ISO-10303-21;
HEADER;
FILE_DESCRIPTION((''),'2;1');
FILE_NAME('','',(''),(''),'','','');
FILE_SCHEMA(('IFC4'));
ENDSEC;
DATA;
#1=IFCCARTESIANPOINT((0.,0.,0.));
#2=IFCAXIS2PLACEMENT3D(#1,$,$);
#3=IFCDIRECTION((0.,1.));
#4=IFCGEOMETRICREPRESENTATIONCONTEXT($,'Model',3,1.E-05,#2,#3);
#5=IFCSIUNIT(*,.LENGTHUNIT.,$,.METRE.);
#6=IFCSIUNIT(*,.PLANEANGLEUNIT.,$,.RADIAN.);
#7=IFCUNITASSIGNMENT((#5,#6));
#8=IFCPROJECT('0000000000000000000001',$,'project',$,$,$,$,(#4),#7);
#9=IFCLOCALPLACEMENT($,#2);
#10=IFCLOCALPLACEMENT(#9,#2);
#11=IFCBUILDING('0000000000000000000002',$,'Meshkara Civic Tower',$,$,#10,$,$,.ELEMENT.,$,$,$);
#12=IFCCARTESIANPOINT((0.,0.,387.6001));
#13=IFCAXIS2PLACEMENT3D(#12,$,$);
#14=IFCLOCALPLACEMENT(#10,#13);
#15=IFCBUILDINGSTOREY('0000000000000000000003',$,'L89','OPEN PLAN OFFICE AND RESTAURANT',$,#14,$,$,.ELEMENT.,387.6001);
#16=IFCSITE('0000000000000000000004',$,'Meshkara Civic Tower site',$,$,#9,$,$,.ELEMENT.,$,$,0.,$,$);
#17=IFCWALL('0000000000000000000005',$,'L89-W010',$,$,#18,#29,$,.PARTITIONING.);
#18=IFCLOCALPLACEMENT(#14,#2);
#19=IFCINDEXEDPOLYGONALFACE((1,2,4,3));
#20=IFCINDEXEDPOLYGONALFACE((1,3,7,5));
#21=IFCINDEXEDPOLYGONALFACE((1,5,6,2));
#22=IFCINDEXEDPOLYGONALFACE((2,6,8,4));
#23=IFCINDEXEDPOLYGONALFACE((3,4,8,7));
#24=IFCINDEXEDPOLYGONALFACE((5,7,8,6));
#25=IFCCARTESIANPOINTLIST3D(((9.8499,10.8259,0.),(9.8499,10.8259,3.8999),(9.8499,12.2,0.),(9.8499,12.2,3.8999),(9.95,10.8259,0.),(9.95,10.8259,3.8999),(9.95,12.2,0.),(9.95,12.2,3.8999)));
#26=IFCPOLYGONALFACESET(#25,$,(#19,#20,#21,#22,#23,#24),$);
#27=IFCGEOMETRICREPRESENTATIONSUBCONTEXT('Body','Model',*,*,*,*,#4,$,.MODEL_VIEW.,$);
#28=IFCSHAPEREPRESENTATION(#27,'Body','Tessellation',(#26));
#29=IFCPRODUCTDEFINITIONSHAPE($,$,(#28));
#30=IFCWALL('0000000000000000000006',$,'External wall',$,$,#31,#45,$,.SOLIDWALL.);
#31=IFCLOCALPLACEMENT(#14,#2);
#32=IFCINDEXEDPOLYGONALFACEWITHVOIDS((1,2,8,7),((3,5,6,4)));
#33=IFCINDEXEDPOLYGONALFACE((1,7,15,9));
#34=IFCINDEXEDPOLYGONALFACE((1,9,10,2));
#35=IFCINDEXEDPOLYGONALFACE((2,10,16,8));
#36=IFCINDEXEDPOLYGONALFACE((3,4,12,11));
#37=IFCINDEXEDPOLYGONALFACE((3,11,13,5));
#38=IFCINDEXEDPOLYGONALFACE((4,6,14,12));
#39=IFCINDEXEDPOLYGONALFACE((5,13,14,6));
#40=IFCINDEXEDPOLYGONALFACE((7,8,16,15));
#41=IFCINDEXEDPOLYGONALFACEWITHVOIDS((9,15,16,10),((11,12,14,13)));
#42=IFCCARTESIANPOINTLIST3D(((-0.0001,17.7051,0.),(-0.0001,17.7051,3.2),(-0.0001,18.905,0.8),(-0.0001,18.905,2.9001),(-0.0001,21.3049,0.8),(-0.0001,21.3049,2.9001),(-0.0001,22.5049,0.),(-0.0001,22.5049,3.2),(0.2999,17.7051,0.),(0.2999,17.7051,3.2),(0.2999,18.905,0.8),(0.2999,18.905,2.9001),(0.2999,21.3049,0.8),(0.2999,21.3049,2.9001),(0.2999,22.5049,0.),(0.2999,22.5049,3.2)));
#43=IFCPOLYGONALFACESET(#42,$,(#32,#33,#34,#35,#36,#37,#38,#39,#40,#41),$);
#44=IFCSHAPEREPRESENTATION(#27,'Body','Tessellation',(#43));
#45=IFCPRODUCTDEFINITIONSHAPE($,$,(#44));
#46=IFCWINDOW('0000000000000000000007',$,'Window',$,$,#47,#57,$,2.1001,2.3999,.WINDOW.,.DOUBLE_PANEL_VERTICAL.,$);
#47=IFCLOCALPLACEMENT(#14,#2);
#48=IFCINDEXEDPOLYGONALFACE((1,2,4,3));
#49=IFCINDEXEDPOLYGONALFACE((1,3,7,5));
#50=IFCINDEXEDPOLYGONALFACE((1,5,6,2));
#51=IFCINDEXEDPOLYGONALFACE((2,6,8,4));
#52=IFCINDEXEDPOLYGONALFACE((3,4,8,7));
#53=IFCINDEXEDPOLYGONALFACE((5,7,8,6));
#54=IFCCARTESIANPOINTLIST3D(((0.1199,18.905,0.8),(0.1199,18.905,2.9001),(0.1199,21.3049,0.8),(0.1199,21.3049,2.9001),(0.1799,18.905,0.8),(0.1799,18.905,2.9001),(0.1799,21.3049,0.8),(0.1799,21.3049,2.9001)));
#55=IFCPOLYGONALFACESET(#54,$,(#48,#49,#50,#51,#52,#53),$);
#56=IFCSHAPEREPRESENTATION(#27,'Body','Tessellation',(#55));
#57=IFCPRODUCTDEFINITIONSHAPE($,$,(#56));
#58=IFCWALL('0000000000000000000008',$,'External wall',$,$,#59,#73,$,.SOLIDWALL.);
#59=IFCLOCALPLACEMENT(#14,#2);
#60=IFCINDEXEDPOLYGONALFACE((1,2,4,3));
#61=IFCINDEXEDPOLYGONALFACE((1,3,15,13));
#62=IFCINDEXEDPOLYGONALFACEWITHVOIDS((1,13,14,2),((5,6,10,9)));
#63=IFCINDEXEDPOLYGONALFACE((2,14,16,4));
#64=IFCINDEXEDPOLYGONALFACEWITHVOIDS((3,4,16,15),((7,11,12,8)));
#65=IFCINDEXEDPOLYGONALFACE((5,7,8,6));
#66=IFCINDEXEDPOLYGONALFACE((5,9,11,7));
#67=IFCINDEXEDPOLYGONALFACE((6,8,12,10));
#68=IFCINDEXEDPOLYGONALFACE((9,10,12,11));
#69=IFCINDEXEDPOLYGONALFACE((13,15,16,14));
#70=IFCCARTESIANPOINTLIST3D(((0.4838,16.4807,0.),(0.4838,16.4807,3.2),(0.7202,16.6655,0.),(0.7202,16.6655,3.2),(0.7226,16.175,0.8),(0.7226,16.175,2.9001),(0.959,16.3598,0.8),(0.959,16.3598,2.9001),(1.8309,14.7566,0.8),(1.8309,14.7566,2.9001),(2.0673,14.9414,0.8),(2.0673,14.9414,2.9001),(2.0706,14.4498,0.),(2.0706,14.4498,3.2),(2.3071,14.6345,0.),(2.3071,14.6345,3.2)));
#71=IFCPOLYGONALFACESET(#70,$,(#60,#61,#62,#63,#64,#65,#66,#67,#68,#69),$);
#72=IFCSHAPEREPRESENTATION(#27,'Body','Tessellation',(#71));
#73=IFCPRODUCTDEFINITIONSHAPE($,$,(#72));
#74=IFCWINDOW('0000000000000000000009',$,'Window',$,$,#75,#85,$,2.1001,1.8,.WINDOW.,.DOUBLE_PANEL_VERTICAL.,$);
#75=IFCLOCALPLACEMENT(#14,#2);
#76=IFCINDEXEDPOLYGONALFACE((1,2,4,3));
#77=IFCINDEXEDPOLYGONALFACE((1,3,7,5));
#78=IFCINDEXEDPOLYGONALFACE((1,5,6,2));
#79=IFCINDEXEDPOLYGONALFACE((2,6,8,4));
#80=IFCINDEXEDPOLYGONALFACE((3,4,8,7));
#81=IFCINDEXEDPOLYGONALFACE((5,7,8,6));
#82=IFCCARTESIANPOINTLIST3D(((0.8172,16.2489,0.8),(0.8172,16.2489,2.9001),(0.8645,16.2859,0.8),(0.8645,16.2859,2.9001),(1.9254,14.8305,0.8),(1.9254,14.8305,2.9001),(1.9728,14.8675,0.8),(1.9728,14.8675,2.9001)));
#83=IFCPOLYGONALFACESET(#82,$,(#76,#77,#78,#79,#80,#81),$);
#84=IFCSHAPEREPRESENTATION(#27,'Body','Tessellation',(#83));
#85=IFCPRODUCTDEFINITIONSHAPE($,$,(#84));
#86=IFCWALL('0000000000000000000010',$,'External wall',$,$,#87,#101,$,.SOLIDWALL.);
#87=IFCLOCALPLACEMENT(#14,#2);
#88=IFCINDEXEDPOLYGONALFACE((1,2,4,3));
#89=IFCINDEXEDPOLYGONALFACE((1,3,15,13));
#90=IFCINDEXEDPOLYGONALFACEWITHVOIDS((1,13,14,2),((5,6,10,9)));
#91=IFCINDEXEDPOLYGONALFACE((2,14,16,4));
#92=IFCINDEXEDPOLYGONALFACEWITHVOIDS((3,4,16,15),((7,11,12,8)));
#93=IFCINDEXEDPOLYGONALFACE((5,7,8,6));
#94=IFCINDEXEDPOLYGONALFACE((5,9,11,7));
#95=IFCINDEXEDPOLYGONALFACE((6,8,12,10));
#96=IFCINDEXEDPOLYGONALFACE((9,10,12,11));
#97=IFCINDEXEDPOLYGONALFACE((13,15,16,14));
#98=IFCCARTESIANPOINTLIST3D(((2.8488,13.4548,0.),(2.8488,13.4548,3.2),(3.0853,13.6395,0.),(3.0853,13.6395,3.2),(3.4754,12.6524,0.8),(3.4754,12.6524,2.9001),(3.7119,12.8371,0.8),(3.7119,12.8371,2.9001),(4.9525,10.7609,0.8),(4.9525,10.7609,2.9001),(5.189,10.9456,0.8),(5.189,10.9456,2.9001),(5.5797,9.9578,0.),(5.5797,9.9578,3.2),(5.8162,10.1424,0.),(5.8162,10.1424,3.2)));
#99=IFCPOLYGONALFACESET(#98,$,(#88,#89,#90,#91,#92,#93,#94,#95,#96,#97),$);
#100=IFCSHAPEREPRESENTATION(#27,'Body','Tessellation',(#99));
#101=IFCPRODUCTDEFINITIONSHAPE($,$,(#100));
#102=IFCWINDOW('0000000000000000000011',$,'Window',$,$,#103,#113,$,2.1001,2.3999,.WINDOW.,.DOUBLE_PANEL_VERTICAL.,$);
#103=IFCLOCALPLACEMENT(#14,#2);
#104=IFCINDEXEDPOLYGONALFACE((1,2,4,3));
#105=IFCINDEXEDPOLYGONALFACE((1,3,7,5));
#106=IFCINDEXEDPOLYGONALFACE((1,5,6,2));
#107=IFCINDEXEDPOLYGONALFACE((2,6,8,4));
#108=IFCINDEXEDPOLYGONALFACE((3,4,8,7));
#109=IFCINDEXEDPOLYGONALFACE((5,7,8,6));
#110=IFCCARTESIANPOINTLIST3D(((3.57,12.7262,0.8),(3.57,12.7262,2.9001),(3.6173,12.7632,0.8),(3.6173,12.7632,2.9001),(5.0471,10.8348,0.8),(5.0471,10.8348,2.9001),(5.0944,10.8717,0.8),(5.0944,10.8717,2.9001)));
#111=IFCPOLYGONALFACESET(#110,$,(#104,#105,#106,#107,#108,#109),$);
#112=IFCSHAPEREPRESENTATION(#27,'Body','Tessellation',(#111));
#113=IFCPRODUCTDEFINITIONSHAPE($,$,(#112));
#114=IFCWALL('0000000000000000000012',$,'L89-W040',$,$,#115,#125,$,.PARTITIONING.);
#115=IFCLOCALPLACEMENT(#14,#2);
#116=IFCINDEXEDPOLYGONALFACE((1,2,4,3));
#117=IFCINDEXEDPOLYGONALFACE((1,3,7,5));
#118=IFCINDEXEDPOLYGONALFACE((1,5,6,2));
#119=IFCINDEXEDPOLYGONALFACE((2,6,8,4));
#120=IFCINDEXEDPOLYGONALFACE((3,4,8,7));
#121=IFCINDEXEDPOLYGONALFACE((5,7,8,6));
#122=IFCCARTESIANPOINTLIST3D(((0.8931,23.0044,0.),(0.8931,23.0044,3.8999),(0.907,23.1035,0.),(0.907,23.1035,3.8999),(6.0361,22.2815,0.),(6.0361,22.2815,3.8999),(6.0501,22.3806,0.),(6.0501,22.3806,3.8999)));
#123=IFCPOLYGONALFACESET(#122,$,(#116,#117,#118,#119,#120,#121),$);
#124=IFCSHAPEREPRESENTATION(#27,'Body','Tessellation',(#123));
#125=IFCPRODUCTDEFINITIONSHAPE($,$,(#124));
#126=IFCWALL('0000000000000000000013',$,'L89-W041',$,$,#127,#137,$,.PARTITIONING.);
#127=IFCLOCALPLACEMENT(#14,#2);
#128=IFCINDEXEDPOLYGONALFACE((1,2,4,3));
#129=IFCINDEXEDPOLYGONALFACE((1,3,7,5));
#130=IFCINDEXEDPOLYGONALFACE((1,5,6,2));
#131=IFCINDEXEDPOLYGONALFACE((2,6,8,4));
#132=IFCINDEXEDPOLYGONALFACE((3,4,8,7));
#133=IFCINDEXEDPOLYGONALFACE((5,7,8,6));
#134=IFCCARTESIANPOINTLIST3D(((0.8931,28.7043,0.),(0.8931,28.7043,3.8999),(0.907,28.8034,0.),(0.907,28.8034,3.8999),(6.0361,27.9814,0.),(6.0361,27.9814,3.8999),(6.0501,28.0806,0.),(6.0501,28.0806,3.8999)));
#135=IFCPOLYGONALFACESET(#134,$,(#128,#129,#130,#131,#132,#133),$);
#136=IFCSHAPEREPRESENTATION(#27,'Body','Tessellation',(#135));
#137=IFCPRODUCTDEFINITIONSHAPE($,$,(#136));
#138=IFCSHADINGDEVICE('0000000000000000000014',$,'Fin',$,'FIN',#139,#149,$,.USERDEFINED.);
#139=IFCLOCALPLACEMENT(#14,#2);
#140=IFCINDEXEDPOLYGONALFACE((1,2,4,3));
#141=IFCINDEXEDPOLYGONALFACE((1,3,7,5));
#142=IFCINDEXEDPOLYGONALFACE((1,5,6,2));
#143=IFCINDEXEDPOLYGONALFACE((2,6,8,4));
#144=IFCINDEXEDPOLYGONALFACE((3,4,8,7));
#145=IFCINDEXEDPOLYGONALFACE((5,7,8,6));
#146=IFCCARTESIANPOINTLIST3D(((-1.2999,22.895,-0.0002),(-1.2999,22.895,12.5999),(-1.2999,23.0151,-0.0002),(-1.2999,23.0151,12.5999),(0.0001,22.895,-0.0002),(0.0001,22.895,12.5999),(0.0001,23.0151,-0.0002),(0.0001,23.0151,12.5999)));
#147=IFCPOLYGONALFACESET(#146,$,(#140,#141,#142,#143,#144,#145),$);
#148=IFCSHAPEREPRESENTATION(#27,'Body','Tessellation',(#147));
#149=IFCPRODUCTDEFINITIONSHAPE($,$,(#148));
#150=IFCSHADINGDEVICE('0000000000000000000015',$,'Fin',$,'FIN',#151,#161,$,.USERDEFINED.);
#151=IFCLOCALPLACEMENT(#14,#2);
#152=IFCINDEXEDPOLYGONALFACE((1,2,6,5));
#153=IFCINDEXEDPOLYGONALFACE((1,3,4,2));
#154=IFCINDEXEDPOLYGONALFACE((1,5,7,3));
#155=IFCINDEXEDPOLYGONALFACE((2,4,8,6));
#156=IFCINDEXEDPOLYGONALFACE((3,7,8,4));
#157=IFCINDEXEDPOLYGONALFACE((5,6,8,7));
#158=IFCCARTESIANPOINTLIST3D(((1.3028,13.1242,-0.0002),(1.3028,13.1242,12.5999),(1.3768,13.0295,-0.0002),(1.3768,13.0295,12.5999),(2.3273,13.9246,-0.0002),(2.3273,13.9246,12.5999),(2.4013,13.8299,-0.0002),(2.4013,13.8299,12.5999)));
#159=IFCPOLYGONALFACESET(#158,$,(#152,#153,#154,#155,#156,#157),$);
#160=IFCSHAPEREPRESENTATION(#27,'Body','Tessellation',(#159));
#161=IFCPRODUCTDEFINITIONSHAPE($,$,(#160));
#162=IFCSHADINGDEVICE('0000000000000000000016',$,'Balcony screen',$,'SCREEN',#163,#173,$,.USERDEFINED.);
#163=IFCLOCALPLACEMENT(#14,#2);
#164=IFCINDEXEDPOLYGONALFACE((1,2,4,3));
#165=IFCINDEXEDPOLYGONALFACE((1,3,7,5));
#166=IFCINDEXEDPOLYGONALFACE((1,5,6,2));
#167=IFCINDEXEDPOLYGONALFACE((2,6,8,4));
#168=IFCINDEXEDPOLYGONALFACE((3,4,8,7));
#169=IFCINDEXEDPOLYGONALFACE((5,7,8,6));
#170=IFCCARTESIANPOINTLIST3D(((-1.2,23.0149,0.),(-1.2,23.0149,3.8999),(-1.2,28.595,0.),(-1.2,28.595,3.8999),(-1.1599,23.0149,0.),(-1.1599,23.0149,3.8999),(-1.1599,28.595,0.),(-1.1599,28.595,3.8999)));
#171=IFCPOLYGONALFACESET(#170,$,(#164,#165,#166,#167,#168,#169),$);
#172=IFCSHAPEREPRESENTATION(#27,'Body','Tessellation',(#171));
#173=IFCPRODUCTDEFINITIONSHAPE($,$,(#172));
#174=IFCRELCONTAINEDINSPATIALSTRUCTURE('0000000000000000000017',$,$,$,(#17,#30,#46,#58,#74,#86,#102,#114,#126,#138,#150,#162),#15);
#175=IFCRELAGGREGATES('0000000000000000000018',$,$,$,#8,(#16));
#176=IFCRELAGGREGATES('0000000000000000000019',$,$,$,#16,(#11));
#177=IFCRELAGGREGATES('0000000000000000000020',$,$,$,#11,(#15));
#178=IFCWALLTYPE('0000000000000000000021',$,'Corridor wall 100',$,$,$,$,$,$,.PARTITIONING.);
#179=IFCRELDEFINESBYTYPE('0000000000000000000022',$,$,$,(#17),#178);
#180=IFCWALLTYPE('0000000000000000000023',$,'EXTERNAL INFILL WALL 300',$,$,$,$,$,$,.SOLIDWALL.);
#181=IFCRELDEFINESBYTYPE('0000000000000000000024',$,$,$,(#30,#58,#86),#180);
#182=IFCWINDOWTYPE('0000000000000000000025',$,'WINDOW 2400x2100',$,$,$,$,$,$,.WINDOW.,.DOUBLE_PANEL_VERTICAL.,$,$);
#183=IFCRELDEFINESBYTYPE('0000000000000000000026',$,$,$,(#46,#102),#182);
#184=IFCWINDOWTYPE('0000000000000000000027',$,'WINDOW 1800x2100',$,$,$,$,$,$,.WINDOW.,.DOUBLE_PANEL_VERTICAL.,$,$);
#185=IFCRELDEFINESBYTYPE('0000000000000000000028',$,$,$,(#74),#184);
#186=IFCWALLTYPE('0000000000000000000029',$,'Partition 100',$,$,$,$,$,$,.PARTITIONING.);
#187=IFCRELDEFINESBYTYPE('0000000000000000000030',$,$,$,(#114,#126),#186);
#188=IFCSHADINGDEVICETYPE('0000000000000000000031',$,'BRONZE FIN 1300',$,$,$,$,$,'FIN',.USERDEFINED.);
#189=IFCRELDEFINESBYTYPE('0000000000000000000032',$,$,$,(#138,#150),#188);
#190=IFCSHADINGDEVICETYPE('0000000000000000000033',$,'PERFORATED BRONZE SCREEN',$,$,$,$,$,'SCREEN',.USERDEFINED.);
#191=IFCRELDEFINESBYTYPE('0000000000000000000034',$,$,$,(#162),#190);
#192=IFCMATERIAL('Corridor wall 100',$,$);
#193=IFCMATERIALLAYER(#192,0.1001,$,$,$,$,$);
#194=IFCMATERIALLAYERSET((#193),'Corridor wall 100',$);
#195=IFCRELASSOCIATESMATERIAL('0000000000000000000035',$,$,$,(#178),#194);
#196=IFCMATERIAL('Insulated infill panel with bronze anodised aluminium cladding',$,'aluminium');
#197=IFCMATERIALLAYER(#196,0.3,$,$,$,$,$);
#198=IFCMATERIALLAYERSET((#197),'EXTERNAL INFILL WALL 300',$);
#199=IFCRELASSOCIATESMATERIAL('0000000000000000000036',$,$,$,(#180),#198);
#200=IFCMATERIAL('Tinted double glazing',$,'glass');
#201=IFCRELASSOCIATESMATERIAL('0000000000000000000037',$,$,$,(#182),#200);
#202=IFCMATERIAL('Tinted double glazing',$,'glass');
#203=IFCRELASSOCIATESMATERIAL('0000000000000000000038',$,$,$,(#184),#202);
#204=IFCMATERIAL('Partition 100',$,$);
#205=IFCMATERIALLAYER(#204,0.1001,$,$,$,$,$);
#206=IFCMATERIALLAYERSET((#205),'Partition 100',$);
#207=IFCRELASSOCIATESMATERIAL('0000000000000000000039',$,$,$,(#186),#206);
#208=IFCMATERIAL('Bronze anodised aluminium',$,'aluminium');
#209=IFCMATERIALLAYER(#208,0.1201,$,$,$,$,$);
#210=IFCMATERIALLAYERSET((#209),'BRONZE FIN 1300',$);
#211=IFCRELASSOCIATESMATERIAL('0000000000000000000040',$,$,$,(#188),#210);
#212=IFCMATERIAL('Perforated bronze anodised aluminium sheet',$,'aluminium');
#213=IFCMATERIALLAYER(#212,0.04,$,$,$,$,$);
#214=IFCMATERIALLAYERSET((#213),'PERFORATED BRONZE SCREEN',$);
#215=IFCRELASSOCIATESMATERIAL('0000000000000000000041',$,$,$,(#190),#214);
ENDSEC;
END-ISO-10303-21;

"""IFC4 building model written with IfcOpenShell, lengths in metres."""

from ifc_helpers import new_model, si_unit, direction, frame, frame_2d, origin, origin_2d, place, context, subcontext, project, spatial, rectangle, extrude, material, layer, layer_set, type_object, element, fill, save


model = new_model("IFC4")

# Units and contexts
model_context = context("Model", 3, precision=1e-05, world=origin(), true_north=direction((0.0, 1.0)))
body_context = subcontext(model_context, "Body", "Model", "MODEL_VIEW")
ifc_project = project(units=[si_unit("LENGTHUNIT", "METRE"), si_unit("PLANEANGLEUNIT", "RADIAN")], contexts=[model_context])

# Site, building, storey
site_placement = place(None, origin())
site = spatial("IfcSite", under=ifc_project, at=site_placement, Name="Meshkara Civic Tower site", CompositionType="ELEMENT", RefElevation=0.0)
building_placement = place(site_placement, origin())
building = spatial("IfcBuilding", under=site, at=building_placement, Name="Meshkara Civic Tower", CompositionType="ELEMENT")
storey_placement = place(building_placement, frame((0.0, 0.0, 387.6001)))
storey = spatial("IfcBuildingStorey", under=building, at=storey_placement, Name="L89", Description="OPEN PLAN OFFICE AND RESTAURANT", CompositionType="ELEMENT", Elevation=387.6001)

# Wall
ifc_material_1 = material(Name="Corridor wall 100")
ifc_layer_1 = layer(ifc_material_1, 0.1001)
ifc_layer_set_1 = layer_set([ifc_layer_1], Name="Corridor wall 100")
wall_type_1 = type_object("IfcWallType", Name="Corridor wall 100", PredefinedType="PARTITIONING", material=ifc_layer_set_1)
wall_1_placement = place(storey_placement, frame((9.8999, 12.2, 0.0), z_axis=(0.0, 0.0, 1.0), x_axis=(0.0, -1.0, 0.0)))
element("IfcWall", 1, at=wall_1_placement, inside=storey, type_object=wall_type_1, Name="L89-W010", PredefinedType="PARTITIONING", context=body_context, shape_type="SweptSolid", body=[
    extrude(rectangle(XDim=1.374, YDim=0.1001, at=frame_2d((0.687, 0.0))), origin(), (0.0, 0.0, 1.0), 3.8999),
])

# Walls, openings, windows
ifc_material_2 = material(Name="Insulated infill panel with bronze anodised aluminium cladding", Category="aluminium")
ifc_layer_2 = layer(ifc_material_2, 0.3)
ifc_layer_set_2 = layer_set([ifc_layer_2], Name="EXTERNAL INFILL WALL 300")
wall_type_2 = type_object("IfcWallType", Name="EXTERNAL INFILL WALL 300", PredefinedType="SOLIDWALL", material=ifc_layer_set_2)
wall_2_placement = place(storey_placement, frame((0.1499, 22.5049, 0.0), z_axis=(0.0, 0.0, 1.0), x_axis=(0.0, -1.0, 0.0)))
wall_2 = element("IfcWall", 2, at=wall_2_placement, inside=storey, type_object=wall_type_2, Name="External wall", PredefinedType="SOLIDWALL", context=body_context, shape_type="SweptSolid", body=[
    extrude(rectangle(XDim=4.7998, YDim=0.3, at=frame_2d((2.3999, 0.0))), origin(), (0.0, 0.0, 1.0), 3.2),
])
opening_1_placement = place(wall_2_placement, frame((1.2, 0.0, 0.8)))
opening_1 = element("IfcOpeningElement", 3, at=opening_1_placement, cuts=wall_2, PredefinedType="OPENING", context=body_context, shape_type="SweptSolid", body=[
    extrude(rectangle(XDim=2.3999, YDim=2.1001, at=frame_2d((1.2, 1.05))), frame((0.0, 0.1599, 0.0), z_axis=(0.0, -1.0, 0.0), x_axis=(1.0, 0.0, 0.0)), (0.0, 0.0, 1.0), 0.3201),
])
ifc_material_3 = material(Name="Tinted double glazing", Category="glass")
window_type_1 = type_object("IfcWindowType", Name="WINDOW 2400x2100", PartitioningType="DOUBLE_PANEL_VERTICAL", PredefinedType="WINDOW", material=ifc_material_3)
window_1_placement = place(opening_1_placement, origin())
window_1 = element("IfcWindow", 4, at=window_1_placement, inside=storey, type_object=window_type_1, Name="Window", OverallHeight=2.1001, OverallWidth=2.3999, PartitioningType="DOUBLE_PANEL_VERTICAL", PredefinedType="WINDOW", context=body_context, shape_type="SweptSolid", body=[
    extrude(rectangle(XDim=2.3999, YDim=2.1001, at=frame_2d((1.2, 1.05))), frame((0.0, 0.03, 0.0), z_axis=(0.0, -1.0, 0.0), x_axis=(1.0, 0.0, 0.0)), (0.0, 0.0, 1.0), 0.0601),
])
fill(opening_1, window_1)
wall_3_placement = place(storey_placement, frame((0.6021, 16.573, 0.0), z_axis=(0.0, 0.0, 1.0), x_axis=(0.61569, -0.787988, 0.0)))
wall_3 = element("IfcWall", 5, at=wall_3_placement, inside=storey, type_object=wall_type_2, Name="External wall", PredefinedType="SOLIDWALL", context=body_context, shape_type="SweptSolid", body=[
    extrude(rectangle(XDim=2.5774, YDim=0.3, at=frame_2d((1.2886, 0.0))), origin(), (0.0, 0.0, 1.0), 3.2),
])
opening_2_placement = place(wall_3_placement, frame((0.3879, 0.0, 0.8)))
opening_2 = element("IfcOpeningElement", 6, at=opening_2_placement, cuts=wall_3, PredefinedType="OPENING", context=body_context, shape_type="SweptSolid", body=[
    extrude(rectangle(XDim=1.8, YDim=2.1001, at=frame_2d((0.8999, 1.05))), frame((0.0, 0.1599, 0.0), z_axis=(0.0, -1.0, 0.0), x_axis=(1.0, 0.0, 0.0)), (0.0, 0.0, 1.0), 0.3201),
])
ifc_material_4 = material(Name="Tinted double glazing", Category="glass")
window_type_2 = type_object("IfcWindowType", Name="WINDOW 1800x2100", PartitioningType="DOUBLE_PANEL_VERTICAL", PredefinedType="WINDOW", material=ifc_material_4)
window_2_placement = place(opening_2_placement, origin())
window_2 = element("IfcWindow", 7, at=window_2_placement, inside=storey, type_object=window_type_2, Name="Window", OverallHeight=2.1001, OverallWidth=1.8, PartitioningType="DOUBLE_PANEL_VERTICAL", PredefinedType="WINDOW", context=body_context, shape_type="SweptSolid", body=[
    extrude(rectangle(XDim=1.8, YDim=2.1001, at=frame_2d((0.8999, 1.05))), frame((0.0, 0.03, 0.0), z_axis=(0.0, -1.0, 0.0), x_axis=(1.0, 0.0, 0.0)), (0.0, 0.0, 1.0), 0.0601),
])
fill(opening_2, window_2)
wall_4_placement = place(storey_placement, frame((2.967, 13.5471, 0.0), z_axis=(0.0, 0.0, 1.0), x_axis=(0.615486, -0.788148, 0.0)))
wall_4 = element("IfcWall", 8, at=wall_4_placement, inside=storey, type_object=wall_type_2, Name="External wall", PredefinedType="SOLIDWALL", context=body_context, shape_type="SweptSolid", body=[
    extrude(rectangle(XDim=4.437, YDim=0.3, at=frame_2d((2.2185, 0.0))), origin(), (0.0, 0.0, 1.0), 3.2),
])
opening_3_placement = place(wall_4_placement, frame((1.0181, 0.0, 0.8)))
opening_3 = element("IfcOpeningElement", 9, at=opening_3_placement, cuts=wall_4, PredefinedType="OPENING", context=body_context, shape_type="SweptSolid", body=[
    extrude(rectangle(XDim=2.3999, YDim=2.1001, at=frame_2d((1.2, 1.05))), frame((0.0, 0.1599, 0.0), z_axis=(0.0, -1.0, 0.0), x_axis=(1.0, 0.0, 0.0)), (0.0, 0.0, 1.0), 0.3201),
])
window_3_placement = place(opening_3_placement, origin())
window_3 = element("IfcWindow", 10, at=window_3_placement, inside=storey, type_object=window_type_1, Name="Window", OverallHeight=2.1001, OverallWidth=2.3999, PartitioningType="DOUBLE_PANEL_VERTICAL", PredefinedType="WINDOW", context=body_context, shape_type="SweptSolid", body=[
    extrude(rectangle(XDim=2.3999, YDim=2.1001, at=frame_2d((1.2, 1.05))), frame((0.0, 0.03, 0.0), z_axis=(0.0, -1.0, 0.0), x_axis=(1.0, 0.0, 0.0)), (0.0, 0.0, 1.0), 0.0601),
])
fill(opening_3, window_3)

# Walls
ifc_material_5 = material(Name="Partition 100")
ifc_layer_3 = layer(ifc_material_5, 0.1001)
ifc_layer_set_3 = layer_set([ifc_layer_3], Name="Partition 100")
wall_type_3 = type_object("IfcWallType", Name="Partition 100", PredefinedType="PARTITIONING", material=ifc_layer_set_3)
for number, where, z_axis, x_axis, name in (
    (11, (6.043, 22.3311, 0.0), (0.0, 0.0, 1.0), (-0.990266, 0.13919, 0.0), "L89-W040"),
    (12, (6.043, 28.031, 0.0), (0.0, 0.0, 1.0), (-0.990266, 0.13919, 0.0), "L89-W041"),
):
    element("IfcWall", number, at=place(storey_placement, frame(where, z_axis=z_axis, x_axis=x_axis)), inside=storey, type_object=wall_type_3, Name=name, PredefinedType="PARTITIONING", context=body_context, shape_type="SweptSolid", body=[
        extrude(rectangle(XDim=5.1936, YDim=0.1001, at=frame_2d((2.5967, 0.0))), origin(), (0.0, 0.0, 1.0), 3.8999),
    ])

# Shading devices
ifc_material_6 = material(Name="Bronze anodised aluminium", Category="aluminium")
ifc_layer_4 = layer(ifc_material_6, 0.1201)
ifc_layer_set_4 = layer_set([ifc_layer_4], Name="BRONZE FIN 1300")
shading_device_type_1 = type_object("IfcShadingDeviceType", Name="BRONZE FIN 1300", ElementType="FIN", PredefinedType="USERDEFINED", material=ifc_layer_set_4)
for number, where, z_axis, x_axis, name in (
    (13, (-0.6499, 22.9551, -0.0002), (0.0, 0.0, 1.0), (0.0, -1.0, 0.0), "Fin"),
    (14, (1.8521, 13.4771, -0.0002), (0.0, 0.0, 1.0), (0.615661, -0.788011, 0.0), "Fin"),
):
    element("IfcShadingDevice", number, at=place(storey_placement, frame(where, z_axis=z_axis, x_axis=x_axis)), inside=storey, type_object=shading_device_type_1, Name=name, ObjectType="FIN", PredefinedType="USERDEFINED", context=body_context, shape_type="SweptSolid", body=[
        extrude(rectangle(XDim=0.1201, YDim=1.3, at=origin_2d()), origin(), (0.0, 0.0, 1.0), 12.6001),
    ])
ifc_material_7 = material(Name="Perforated bronze anodised aluminium sheet", Category="aluminium")
ifc_layer_5 = layer(ifc_material_7, 0.04)
ifc_layer_set_5 = layer_set([ifc_layer_5], Name="PERFORATED BRONZE SCREEN")
shading_device_type_2 = type_object("IfcShadingDeviceType", Name="PERFORATED BRONZE SCREEN", ElementType="SCREEN", PredefinedType="USERDEFINED", material=ifc_layer_set_5)
shading_device_placement = place(storey_placement, frame((-1.1799, 25.8049, 0.0), z_axis=(0.0, 0.0, 1.0), x_axis=(0.0, -1.0, 0.0)))
element("IfcShadingDevice", 15, at=shading_device_placement, inside=storey, type_object=shading_device_type_2, Name="Balcony screen", ObjectType="SCREEN", PredefinedType="USERDEFINED", context=body_context, shape_type="SweptSolid", body=[
    extrude(rectangle(XDim=5.5801, YDim=0.04, at=origin_2d()), origin(), (0.0, 0.0, 1.0), 3.8999),
])

save(model, "model.ifc")
